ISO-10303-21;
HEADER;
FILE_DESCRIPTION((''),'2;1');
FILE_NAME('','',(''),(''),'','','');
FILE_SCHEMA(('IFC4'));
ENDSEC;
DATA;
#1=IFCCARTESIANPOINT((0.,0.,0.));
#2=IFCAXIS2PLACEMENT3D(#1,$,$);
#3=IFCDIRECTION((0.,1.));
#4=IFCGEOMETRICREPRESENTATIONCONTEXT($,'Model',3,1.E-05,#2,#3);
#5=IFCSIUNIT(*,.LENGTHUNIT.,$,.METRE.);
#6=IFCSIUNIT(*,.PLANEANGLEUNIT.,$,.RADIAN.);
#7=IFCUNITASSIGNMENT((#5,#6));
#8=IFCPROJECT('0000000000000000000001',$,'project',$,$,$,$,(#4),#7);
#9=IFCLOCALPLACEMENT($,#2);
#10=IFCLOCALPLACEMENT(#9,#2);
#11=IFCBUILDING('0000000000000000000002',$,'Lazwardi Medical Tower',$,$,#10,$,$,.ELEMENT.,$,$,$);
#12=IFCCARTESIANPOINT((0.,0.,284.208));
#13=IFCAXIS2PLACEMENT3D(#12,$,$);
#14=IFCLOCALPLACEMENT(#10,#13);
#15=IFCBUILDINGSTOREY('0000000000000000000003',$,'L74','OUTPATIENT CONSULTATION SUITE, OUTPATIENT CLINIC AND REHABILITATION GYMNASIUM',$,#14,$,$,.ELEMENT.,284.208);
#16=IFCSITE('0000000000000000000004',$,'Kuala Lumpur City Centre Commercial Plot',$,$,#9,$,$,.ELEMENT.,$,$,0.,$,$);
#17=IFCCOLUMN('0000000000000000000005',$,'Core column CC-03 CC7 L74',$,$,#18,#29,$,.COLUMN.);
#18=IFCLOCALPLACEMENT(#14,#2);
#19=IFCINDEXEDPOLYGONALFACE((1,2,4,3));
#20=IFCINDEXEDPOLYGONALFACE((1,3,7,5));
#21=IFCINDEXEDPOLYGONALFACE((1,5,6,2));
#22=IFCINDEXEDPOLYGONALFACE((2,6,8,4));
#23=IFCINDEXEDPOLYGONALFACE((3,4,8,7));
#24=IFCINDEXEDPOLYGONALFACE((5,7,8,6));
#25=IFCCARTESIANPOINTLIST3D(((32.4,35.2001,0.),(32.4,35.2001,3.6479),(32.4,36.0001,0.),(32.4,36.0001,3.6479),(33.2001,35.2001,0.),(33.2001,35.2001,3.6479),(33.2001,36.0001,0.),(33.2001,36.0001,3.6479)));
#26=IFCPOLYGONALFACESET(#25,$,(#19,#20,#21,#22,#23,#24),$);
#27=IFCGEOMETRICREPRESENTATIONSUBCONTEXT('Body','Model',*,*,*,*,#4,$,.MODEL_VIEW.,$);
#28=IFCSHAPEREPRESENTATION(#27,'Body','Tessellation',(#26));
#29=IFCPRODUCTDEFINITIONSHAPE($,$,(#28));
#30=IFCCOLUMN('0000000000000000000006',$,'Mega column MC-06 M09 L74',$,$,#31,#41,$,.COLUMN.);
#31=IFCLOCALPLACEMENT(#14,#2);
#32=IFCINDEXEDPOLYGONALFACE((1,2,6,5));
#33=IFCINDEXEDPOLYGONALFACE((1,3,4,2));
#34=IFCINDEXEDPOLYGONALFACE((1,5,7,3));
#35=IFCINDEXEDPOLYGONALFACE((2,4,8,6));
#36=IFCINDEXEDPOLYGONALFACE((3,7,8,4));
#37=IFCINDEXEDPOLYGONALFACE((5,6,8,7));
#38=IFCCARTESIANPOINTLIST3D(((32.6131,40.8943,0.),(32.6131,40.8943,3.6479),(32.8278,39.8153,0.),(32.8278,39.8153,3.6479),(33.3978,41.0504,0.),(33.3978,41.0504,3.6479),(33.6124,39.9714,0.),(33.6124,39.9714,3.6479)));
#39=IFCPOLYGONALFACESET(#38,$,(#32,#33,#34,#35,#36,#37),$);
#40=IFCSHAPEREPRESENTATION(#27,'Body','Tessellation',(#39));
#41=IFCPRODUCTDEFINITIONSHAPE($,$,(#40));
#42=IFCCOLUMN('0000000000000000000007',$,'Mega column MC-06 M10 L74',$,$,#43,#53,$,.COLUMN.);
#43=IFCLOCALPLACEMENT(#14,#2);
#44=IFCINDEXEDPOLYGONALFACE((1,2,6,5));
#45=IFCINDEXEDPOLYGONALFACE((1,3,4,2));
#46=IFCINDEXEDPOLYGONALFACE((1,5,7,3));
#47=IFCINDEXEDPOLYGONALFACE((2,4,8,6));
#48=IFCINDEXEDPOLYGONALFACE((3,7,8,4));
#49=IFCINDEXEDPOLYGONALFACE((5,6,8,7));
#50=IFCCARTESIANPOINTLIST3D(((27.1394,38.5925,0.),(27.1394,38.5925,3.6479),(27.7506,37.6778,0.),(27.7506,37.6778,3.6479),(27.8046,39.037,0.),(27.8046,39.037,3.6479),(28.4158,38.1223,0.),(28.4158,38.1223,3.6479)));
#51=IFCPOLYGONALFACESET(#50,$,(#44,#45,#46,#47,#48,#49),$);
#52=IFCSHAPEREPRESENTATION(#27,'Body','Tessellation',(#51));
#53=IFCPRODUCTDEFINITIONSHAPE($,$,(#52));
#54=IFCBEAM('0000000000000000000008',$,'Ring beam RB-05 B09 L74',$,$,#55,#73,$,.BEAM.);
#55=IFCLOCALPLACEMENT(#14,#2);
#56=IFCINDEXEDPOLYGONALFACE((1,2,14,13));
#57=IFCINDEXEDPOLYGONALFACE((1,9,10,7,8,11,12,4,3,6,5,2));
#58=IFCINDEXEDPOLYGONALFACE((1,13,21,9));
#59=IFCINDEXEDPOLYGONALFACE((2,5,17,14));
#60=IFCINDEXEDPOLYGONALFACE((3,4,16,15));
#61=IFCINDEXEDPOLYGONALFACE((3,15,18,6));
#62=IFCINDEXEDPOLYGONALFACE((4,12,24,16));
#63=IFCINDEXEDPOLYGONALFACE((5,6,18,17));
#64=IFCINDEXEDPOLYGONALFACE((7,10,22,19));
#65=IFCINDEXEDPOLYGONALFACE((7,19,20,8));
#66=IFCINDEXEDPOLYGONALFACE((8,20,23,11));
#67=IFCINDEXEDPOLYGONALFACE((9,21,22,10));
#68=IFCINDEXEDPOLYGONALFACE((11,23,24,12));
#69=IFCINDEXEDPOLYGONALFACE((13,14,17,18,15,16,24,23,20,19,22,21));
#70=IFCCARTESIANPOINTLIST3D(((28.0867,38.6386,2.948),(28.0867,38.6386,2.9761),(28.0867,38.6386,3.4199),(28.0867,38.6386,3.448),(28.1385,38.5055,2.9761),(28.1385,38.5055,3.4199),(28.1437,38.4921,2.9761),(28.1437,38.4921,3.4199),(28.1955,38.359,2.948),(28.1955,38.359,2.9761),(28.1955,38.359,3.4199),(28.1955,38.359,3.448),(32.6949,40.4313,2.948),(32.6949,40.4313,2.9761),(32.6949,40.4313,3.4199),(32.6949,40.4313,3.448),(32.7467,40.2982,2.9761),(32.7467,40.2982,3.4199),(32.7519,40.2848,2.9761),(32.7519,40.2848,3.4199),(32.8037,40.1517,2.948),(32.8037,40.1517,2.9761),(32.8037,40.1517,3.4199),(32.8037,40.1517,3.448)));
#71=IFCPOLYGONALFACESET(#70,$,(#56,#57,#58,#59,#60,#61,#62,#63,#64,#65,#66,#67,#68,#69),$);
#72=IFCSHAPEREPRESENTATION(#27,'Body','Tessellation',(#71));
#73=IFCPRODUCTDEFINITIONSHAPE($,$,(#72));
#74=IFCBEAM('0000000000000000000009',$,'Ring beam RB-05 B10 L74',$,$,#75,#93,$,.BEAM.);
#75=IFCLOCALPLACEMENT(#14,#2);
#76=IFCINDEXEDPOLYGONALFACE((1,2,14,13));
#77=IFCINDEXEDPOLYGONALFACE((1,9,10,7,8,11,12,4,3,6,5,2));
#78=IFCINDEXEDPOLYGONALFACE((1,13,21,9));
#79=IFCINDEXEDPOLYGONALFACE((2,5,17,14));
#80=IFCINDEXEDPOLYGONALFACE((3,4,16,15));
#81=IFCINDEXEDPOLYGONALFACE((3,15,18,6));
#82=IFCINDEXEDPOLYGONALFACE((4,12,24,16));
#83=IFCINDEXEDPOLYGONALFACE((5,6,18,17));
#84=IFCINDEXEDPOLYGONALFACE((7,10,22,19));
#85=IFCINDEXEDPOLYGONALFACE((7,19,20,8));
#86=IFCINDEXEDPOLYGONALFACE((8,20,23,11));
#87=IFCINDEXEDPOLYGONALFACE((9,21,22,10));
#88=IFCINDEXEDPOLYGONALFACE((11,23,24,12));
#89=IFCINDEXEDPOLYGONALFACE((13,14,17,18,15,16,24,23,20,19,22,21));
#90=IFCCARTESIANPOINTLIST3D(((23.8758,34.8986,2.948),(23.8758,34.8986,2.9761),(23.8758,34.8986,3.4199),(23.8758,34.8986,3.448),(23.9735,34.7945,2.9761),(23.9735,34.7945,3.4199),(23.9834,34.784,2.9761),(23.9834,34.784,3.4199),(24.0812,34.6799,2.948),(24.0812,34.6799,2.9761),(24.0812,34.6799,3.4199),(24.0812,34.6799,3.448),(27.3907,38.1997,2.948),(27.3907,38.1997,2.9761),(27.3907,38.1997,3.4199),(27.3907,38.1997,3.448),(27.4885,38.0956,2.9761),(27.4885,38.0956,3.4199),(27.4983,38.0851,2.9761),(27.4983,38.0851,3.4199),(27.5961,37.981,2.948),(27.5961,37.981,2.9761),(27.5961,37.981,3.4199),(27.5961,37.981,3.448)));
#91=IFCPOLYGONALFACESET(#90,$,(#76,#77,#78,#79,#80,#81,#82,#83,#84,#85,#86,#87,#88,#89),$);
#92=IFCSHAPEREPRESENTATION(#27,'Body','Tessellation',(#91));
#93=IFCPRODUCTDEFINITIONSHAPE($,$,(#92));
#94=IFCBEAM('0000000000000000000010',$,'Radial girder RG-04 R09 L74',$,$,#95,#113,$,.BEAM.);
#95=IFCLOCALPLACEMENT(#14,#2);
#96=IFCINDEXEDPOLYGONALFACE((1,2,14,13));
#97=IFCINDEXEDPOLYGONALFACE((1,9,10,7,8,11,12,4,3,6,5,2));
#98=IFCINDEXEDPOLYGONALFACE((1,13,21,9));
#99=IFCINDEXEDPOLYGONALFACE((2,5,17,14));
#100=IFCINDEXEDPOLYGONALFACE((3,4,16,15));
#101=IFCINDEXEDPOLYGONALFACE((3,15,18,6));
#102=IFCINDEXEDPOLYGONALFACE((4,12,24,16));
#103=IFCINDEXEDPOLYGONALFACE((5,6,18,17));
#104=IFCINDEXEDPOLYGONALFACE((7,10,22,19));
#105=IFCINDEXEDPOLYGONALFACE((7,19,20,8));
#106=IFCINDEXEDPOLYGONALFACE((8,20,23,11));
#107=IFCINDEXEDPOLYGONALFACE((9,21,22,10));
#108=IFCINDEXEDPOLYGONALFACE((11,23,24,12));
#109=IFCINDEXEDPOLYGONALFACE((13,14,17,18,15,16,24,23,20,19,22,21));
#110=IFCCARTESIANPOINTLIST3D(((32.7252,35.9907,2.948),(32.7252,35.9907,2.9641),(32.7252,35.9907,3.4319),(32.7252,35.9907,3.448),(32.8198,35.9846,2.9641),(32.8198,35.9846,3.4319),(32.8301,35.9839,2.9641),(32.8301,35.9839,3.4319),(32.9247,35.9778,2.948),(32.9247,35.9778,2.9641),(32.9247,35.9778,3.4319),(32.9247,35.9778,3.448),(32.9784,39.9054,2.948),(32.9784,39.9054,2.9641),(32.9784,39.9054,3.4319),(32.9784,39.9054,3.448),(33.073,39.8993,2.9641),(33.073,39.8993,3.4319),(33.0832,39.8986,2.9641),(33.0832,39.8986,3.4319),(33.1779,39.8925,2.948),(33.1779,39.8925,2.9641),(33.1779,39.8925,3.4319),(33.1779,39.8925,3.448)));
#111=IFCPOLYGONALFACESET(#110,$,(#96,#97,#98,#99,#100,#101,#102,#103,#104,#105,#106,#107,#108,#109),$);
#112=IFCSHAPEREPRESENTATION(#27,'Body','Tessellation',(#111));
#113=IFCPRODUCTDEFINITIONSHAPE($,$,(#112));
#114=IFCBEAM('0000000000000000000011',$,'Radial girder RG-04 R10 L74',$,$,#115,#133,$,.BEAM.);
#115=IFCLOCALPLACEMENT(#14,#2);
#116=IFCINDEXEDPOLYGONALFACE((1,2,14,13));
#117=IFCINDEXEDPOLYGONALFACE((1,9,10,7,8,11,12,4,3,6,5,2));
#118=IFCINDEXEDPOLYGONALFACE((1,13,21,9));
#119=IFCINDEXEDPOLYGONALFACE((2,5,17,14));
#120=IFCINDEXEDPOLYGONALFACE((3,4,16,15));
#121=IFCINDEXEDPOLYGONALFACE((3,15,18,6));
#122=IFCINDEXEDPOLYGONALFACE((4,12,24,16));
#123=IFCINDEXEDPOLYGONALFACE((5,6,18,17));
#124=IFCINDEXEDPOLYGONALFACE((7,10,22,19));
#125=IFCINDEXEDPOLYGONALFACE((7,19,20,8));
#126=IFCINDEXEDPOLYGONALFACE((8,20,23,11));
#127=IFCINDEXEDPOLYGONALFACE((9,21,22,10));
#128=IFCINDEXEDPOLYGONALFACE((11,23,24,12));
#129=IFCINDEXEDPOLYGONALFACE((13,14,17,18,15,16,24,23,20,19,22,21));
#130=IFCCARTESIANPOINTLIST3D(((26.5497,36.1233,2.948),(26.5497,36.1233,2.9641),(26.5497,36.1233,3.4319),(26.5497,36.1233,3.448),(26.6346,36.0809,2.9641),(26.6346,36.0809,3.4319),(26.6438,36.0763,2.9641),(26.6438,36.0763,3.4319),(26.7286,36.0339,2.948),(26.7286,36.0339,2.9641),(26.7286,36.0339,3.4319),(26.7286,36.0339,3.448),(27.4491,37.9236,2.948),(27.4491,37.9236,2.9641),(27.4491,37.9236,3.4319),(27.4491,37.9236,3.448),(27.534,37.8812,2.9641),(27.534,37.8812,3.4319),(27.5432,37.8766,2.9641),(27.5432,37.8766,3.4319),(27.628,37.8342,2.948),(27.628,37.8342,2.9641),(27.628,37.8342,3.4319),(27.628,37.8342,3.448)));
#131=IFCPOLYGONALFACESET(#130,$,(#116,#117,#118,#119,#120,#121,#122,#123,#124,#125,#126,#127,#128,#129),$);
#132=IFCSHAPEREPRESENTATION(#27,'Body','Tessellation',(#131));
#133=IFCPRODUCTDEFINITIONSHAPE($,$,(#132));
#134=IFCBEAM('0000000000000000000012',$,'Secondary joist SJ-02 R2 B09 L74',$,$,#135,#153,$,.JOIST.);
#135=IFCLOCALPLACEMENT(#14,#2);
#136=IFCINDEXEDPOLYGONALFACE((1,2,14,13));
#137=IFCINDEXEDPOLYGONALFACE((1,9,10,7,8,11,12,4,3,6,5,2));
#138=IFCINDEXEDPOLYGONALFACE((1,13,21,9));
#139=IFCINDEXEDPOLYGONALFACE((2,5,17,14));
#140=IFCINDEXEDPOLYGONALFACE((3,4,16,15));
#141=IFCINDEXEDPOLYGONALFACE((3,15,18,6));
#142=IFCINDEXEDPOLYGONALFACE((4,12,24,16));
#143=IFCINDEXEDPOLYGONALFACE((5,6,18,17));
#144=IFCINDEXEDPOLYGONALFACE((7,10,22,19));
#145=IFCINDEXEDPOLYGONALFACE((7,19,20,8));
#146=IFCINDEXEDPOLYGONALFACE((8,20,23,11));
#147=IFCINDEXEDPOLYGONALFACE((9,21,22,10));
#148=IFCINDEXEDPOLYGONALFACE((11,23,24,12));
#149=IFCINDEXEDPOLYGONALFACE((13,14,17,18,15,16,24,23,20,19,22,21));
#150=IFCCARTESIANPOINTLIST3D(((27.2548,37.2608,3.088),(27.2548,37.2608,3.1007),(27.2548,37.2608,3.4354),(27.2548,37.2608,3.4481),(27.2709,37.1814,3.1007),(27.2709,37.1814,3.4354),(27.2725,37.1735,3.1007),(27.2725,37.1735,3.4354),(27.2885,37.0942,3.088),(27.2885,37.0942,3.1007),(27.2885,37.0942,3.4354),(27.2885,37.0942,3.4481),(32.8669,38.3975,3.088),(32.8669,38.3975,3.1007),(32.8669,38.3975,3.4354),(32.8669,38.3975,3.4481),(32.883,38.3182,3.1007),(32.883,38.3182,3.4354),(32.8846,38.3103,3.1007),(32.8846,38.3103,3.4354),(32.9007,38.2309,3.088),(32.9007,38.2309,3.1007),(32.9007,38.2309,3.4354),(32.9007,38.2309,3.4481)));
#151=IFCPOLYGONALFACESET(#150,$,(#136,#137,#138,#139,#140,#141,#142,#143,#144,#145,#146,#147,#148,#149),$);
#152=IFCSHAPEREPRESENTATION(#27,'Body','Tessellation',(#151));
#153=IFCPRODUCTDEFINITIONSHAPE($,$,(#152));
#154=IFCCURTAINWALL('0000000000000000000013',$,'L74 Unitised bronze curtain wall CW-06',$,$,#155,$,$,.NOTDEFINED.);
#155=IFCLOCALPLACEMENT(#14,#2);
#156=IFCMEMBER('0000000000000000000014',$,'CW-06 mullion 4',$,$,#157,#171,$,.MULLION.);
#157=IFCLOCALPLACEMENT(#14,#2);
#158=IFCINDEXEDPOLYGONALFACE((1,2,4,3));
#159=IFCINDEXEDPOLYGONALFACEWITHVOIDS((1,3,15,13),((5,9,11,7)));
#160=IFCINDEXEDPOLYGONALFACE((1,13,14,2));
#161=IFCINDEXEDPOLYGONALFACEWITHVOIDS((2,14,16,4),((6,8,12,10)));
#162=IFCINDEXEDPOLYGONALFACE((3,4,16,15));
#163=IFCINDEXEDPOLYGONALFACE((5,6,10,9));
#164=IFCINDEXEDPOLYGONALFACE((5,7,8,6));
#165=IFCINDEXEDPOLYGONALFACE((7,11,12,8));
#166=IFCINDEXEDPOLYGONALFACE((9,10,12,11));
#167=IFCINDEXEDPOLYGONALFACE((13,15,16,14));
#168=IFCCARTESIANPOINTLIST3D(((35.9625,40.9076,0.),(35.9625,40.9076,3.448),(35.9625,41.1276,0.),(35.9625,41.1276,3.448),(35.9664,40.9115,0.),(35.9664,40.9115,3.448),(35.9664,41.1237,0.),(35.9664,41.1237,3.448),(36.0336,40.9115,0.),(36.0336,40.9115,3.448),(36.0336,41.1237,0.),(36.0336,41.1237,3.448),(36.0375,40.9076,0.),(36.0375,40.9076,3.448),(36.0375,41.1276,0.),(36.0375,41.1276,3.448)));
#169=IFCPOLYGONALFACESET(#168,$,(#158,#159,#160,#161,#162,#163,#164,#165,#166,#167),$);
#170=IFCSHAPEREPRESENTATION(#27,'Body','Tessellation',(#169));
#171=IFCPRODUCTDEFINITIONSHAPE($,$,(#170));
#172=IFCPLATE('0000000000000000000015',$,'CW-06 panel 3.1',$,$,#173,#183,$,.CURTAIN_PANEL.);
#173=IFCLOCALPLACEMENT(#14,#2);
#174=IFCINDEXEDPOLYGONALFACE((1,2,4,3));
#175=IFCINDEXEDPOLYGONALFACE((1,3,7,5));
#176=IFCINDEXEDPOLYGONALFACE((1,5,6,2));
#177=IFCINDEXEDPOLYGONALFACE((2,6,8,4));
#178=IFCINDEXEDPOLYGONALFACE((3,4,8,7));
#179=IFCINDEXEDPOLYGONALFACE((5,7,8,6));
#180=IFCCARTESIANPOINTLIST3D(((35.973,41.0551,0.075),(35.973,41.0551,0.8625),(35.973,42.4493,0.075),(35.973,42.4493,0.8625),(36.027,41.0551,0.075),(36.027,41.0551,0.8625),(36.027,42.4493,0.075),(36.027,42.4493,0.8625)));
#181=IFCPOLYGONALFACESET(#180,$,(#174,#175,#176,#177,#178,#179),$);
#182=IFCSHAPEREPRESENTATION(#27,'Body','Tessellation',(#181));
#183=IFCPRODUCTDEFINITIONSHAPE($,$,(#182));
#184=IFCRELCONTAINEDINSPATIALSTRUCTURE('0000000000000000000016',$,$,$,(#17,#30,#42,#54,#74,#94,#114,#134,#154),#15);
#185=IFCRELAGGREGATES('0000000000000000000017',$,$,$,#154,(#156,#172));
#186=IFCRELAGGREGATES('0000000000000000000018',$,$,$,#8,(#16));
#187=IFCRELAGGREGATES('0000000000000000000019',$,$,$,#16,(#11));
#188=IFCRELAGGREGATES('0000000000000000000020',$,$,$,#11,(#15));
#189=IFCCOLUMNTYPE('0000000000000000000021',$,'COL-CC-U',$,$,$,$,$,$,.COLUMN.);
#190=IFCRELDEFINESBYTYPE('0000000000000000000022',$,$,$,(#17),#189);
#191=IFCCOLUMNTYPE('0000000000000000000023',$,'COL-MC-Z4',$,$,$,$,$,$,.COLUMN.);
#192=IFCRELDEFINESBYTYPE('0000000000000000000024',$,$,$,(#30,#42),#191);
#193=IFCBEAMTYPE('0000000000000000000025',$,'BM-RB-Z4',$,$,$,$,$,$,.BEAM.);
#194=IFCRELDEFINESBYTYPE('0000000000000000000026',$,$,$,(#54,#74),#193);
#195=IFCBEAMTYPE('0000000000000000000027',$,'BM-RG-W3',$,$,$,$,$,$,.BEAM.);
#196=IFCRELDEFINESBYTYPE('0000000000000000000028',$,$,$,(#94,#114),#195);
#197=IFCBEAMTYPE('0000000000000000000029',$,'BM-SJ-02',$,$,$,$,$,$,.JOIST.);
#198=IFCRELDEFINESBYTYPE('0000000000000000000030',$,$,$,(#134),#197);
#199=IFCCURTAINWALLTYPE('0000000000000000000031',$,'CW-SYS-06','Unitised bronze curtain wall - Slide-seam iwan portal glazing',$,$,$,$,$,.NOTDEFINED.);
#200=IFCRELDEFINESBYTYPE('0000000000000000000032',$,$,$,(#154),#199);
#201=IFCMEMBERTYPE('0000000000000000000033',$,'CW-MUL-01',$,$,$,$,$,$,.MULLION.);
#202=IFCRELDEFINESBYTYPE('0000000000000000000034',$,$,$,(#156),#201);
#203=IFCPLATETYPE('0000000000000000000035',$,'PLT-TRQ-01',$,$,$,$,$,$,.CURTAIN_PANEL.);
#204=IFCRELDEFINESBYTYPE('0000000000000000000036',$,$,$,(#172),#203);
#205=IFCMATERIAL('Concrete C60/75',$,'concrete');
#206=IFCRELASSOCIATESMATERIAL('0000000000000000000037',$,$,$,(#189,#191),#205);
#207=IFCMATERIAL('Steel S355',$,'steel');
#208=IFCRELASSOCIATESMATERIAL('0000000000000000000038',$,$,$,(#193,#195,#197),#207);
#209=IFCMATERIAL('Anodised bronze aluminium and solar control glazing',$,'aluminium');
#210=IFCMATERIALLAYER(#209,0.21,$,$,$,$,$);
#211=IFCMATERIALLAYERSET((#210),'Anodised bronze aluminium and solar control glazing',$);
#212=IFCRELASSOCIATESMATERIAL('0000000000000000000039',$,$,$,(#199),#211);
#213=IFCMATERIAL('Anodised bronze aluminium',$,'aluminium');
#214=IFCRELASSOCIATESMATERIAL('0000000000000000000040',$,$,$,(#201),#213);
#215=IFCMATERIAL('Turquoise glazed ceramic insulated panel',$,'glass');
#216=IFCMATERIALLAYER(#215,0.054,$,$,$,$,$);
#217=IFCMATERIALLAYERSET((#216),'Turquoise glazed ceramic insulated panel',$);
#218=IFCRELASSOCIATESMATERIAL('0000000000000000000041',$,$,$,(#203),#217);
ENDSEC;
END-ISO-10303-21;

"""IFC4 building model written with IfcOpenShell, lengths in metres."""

from ifc_helpers import new_model, si_unit, direction, frame, origin, origin_2d, place, context, subcontext, project, spatial, rectangle, hollow_rectangle, i_section, extrude, material, layer, layer_set, material_profile, profile_set, type_object, element, aggregate, save


model = new_model("IFC4")

# Units and contexts
model_context = context("Model", 3, precision=1e-05, world=origin(), true_north=direction((0.0, 1.0)))
body_context = subcontext(model_context, "Body", "Model", "MODEL_VIEW")
ifc_project = project(units=[si_unit("LENGTHUNIT", "METRE"), si_unit("PLANEANGLEUNIT", "RADIAN")], contexts=[model_context])

# Site, building, storey
site_placement = place(None, origin())
site = spatial("IfcSite", under=ifc_project, at=site_placement, Name="Kuala Lumpur City Centre Commercial Plot", CompositionType="ELEMENT", RefElevation=0.0)
building_placement = place(site_placement, origin())
building = spatial("IfcBuilding", under=site, at=building_placement, Name="Lazwardi Medical Tower", CompositionType="ELEMENT")
storey_placement = place(building_placement, frame((0.0, 0.0, 284.208)))
storey = spatial("IfcBuildingStorey", under=building, at=storey_placement, Name="L74", Description="OUTPATIENT CONSULTATION SUITE, OUTPATIENT CLINIC AND REHABILITATION GYMNASIUM", CompositionType="ELEMENT", Elevation=284.208)

# Columns
ifc_material_1 = material(Name="Concrete C60/75", Category="concrete")
ifc_material_profile_1 = material_profile(ifc_material_1, rectangle(XDim=0.8, YDim=0.8, at=origin_2d()), Name="RC 800x800")
ifc_profile_set_1 = profile_set([ifc_material_profile_1], Name="Concrete C60/75")
column_type_1 = type_object("IfcColumnType", Name="COL-CC-U", PredefinedType="COLUMN", material=ifc_profile_set_1)
column_placement = place(storey_placement, frame((32.8, 35.6001, 0.0), z_axis=(0.0, 0.0, 1.0), x_axis=(1.0, 0.0, 0.0)))
element("IfcColumn", 1, at=column_placement, inside=storey, type_object=column_type_1, Name="Core column CC-03 CC7 L74", PredefinedType="COLUMN", context=body_context, shape_type="SweptSolid", body=[
    extrude(rectangle(XDim=0.8, YDim=0.8, at=origin_2d()), origin(), (0.0, 0.0, 1.0), 3.6479),
])
ifc_material_profile_2 = material_profile(ifc_material_1, rectangle(XDim=1.1001, YDim=0.8, at=origin_2d()), Name="CFT-RECT 1100x800")
ifc_profile_set_2 = profile_set([ifc_material_profile_2], Name="Concrete C60/75")
column_type_2 = type_object("IfcColumnType", Name="COL-MC-Z4", PredefinedType="COLUMN", material=ifc_profile_set_2)
for number, where, z_axis, x_axis, name in (
    (2, (33.1128, 40.4329, 0.0), (0.0, 0.0, 1.0), (-0.19509, 0.980785, 0.0), "Mega column MC-06 M09 L74"),
    (3, (27.7776, 38.3574, 0.0), (0.0, 0.0, 1.0), (-0.55557, 0.83147, 0.0), "Mega column MC-06 M10 L74"),
):
    element("IfcColumn", number, at=place(storey_placement, frame(where, z_axis=z_axis, x_axis=x_axis)), inside=storey, type_object=column_type_2, Name=name, PredefinedType="COLUMN", context=body_context, shape_type="SweptSolid", body=[
        extrude(rectangle(XDim=1.1001, YDim=0.8, at=origin_2d()), origin(), (0.0, 0.0, 1.0), 3.6479),
    ])

# Beams
ifc_material_2 = material(Name="Steel S355", Category="steel")
ifc_material_profile_3 = material_profile(ifc_material_2, i_section(OverallWidth=0.3, OverallDepth=0.5, WebThickness=0.0144, FlangeThickness=0.0281, at=origin_2d()), Name="HEB 500")
ifc_profile_set_3 = profile_set([ifc_material_profile_3], Name="Steel S355")
beam_type_1 = type_object("IfcBeamType", Name="BM-RB-Z4", PredefinedType="BEAM", material=ifc_profile_set_3)
beam_1_placement = place(storey_placement, frame((32.7493, 40.2915, 3.198), z_axis=(-0.931959, -0.362563, 0.0), x_axis=(0.362563, -0.931959, 0.0)))
element("IfcBeam", 4, at=beam_1_placement, inside=storey, type_object=beam_type_1, Name="Ring beam RB-05 B09 L74", PredefinedType="BEAM", context=body_context, shape_type="SweptSolid", body=[
    extrude(i_section(OverallWidth=0.3, OverallDepth=0.5, WebThickness=0.0144, FlangeThickness=0.0281, at=origin_2d()), origin(), (0.0, 0.0, 1.0), 4.9446),
])
beam_2_placement = place(storey_placement, frame((27.4934, 38.0903, 3.198), z_axis=(-0.728935, -0.684583, 0.0), x_axis=(0.684583, -0.728935, 0.0)))
element("IfcBeam", 5, at=beam_2_placement, inside=storey, type_object=beam_type_1, Name="Ring beam RB-05 B10 L74", PredefinedType="BEAM", context=body_context, shape_type="SweptSolid", body=[
    extrude(i_section(OverallWidth=0.3, OverallDepth=0.5, WebThickness=0.0144, FlangeThickness=0.0281, at=origin_2d()), origin(), (0.0, 0.0, 1.0), 4.822),
])
ifc_material_profile_4 = material_profile(ifc_material_2, i_section(OverallWidth=0.2, OverallDepth=0.5, WebThickness=0.0103, FlangeThickness=0.0161, at=origin_2d()), Name="IPE 500")
ifc_profile_set_4 = profile_set([ifc_material_profile_4], Name="Steel S355")
beam_type_2 = type_object("IfcBeamType", Name="BM-RG-W3", PredefinedType="BEAM", material=ifc_profile_set_4)
beam_3_placement = place(storey_placement, frame((33.0781, 39.8989, 3.198), z_axis=(-0.064536, -0.997915, 0.0), x_axis=(0.997915, -0.064536, 0.0)))
element("IfcBeam", 6, at=beam_3_placement, inside=storey, type_object=beam_type_2, Name="Radial girder RG-04 R09 L74", PredefinedType="BEAM", context=body_context, shape_type="SweptSolid", body=[
    extrude(i_section(OverallWidth=0.2, OverallDepth=0.5, WebThickness=0.0103, FlangeThickness=0.0161, at=origin_2d()), origin(), (0.0, 0.0, 1.0), 3.9229),
])
beam_4_placement = place(storey_placement, frame((27.5386, 37.8789, 3.198), z_axis=(-0.446922, -0.894573, 0.0), x_axis=(0.894573, -0.446922, 0.0)))
element("IfcBeam", 7, at=beam_4_placement, inside=storey, type_object=beam_type_2, Name="Radial girder RG-04 R10 L74", PredefinedType="BEAM", context=body_context, shape_type="SweptSolid", body=[
    extrude(i_section(OverallWidth=0.2, OverallDepth=0.5, WebThickness=0.0103, FlangeThickness=0.0161, at=origin_2d()), origin(), (0.0, 0.0, 1.0), 2.0125),
])
ifc_material_profile_5 = material_profile(ifc_material_2, i_section(OverallWidth=0.1699, OverallDepth=0.3601, WebThickness=0.0081, FlangeThickness=0.0127, at=origin_2d()), Name="IPE 360")
ifc_profile_set_5 = profile_set([ifc_material_profile_5], Name="Steel S355")
beam_type_3 = type_object("IfcBeamType", Name="BM-SJ-02", PredefinedType="JOIST", material=ifc_profile_set_5)
beam_5_placement = place(storey_placement, frame((32.8838, 38.3142, 3.2681), z_axis=(-0.980097, -0.198518, 0.0), x_axis=(0.198518, -0.980097, 0.0)))
element("IfcBeam", 8, at=beam_5_placement, inside=storey, type_object=beam_type_3, Name="Secondary joist SJ-02 R2 B09 L74", PredefinedType="JOIST", context=body_context, shape_type="SweptSolid", body=[
    extrude(i_section(OverallWidth=0.1699, OverallDepth=0.3601, WebThickness=0.0081, FlangeThickness=0.0127, at=origin_2d()), origin(), (0.0, 0.0, 1.0), 5.7261),
])

# Curtain wall, member, plate
ifc_material_3 = material(Name="Anodised bronze aluminium and solar control glazing", Category="aluminium")
ifc_layer_1 = layer(ifc_material_3, 0.21)
ifc_layer_set_1 = layer_set([ifc_layer_1], Name="Anodised bronze aluminium and solar control glazing")
curtain_wall_type = type_object("IfcCurtainWallType", Name="CW-SYS-06", Description="Unitised bronze curtain wall - Slide-seam iwan portal glazing", PredefinedType="NOTDEFINED", material=ifc_layer_set_1)
curtain_wall_placement = place(storey_placement, origin())
curtain_wall = element("IfcCurtainWall", 9, at=curtain_wall_placement, inside=storey, type_object=curtain_wall_type, Name="L74 Unitised bronze curtain wall CW-06", PredefinedType="NOTDEFINED")
ifc_material_4 = material(Name="Anodised bronze aluminium", Category="aluminium")
ifc_material_profile_6 = material_profile(ifc_material_4, hollow_rectangle(XDim=0.075, YDim=0.22, WallThickness=0.0039, at=origin_2d()), Name="ALU-MULLION 220x75x4")
ifc_profile_set_6 = profile_set([ifc_material_profile_6], Name="Anodised bronze aluminium")
member_type = type_object("IfcMemberType", Name="CW-MUL-01", PredefinedType="MULLION", material=ifc_profile_set_6)
member_placement = place(storey_placement, frame((36.0, 41.0176, 0.0), z_axis=(0.0, 0.0, 1.0), x_axis=(1.0, 0.0, 0.0)))
member = element("IfcMember", 10, at=member_placement, type_object=member_type, Name="CW-06 mullion 4", PredefinedType="MULLION", context=body_context, shape_type="SweptSolid", body=[
    extrude(hollow_rectangle(XDim=0.075, YDim=0.22, WallThickness=0.0039, at=origin_2d()), origin(), (0.0, 0.0, 1.0), 3.448),
])
ifc_material_5 = material(Name="Turquoise glazed ceramic insulated panel", Category="glass")
ifc_layer_2 = layer(ifc_material_5, 0.054)
ifc_layer_set_2 = layer_set([ifc_layer_2], Name="Turquoise glazed ceramic insulated panel")
plate_type = type_object("IfcPlateType", Name="PLT-TRQ-01", PredefinedType="CURTAIN_PANEL", material=ifc_layer_set_2)
plate_placement = place(storey_placement, frame((36.0, 41.7522, 0.075), z_axis=(0.0, 0.0, 1.0), x_axis=(0.0, -1.0, 0.0)))
plate = element("IfcPlate", 11, at=plate_placement, type_object=plate_type, Name="CW-06 panel 3.1", PredefinedType="CURTAIN_PANEL", context=body_context, shape_type="SweptSolid", body=[
    extrude(rectangle(XDim=1.3943, YDim=0.054, at=origin_2d()), origin(), (0.0, 0.0, 1.0), 0.7876),
])
aggregate(curtain_wall, [member, plate])

save(model, "model.ifc")
